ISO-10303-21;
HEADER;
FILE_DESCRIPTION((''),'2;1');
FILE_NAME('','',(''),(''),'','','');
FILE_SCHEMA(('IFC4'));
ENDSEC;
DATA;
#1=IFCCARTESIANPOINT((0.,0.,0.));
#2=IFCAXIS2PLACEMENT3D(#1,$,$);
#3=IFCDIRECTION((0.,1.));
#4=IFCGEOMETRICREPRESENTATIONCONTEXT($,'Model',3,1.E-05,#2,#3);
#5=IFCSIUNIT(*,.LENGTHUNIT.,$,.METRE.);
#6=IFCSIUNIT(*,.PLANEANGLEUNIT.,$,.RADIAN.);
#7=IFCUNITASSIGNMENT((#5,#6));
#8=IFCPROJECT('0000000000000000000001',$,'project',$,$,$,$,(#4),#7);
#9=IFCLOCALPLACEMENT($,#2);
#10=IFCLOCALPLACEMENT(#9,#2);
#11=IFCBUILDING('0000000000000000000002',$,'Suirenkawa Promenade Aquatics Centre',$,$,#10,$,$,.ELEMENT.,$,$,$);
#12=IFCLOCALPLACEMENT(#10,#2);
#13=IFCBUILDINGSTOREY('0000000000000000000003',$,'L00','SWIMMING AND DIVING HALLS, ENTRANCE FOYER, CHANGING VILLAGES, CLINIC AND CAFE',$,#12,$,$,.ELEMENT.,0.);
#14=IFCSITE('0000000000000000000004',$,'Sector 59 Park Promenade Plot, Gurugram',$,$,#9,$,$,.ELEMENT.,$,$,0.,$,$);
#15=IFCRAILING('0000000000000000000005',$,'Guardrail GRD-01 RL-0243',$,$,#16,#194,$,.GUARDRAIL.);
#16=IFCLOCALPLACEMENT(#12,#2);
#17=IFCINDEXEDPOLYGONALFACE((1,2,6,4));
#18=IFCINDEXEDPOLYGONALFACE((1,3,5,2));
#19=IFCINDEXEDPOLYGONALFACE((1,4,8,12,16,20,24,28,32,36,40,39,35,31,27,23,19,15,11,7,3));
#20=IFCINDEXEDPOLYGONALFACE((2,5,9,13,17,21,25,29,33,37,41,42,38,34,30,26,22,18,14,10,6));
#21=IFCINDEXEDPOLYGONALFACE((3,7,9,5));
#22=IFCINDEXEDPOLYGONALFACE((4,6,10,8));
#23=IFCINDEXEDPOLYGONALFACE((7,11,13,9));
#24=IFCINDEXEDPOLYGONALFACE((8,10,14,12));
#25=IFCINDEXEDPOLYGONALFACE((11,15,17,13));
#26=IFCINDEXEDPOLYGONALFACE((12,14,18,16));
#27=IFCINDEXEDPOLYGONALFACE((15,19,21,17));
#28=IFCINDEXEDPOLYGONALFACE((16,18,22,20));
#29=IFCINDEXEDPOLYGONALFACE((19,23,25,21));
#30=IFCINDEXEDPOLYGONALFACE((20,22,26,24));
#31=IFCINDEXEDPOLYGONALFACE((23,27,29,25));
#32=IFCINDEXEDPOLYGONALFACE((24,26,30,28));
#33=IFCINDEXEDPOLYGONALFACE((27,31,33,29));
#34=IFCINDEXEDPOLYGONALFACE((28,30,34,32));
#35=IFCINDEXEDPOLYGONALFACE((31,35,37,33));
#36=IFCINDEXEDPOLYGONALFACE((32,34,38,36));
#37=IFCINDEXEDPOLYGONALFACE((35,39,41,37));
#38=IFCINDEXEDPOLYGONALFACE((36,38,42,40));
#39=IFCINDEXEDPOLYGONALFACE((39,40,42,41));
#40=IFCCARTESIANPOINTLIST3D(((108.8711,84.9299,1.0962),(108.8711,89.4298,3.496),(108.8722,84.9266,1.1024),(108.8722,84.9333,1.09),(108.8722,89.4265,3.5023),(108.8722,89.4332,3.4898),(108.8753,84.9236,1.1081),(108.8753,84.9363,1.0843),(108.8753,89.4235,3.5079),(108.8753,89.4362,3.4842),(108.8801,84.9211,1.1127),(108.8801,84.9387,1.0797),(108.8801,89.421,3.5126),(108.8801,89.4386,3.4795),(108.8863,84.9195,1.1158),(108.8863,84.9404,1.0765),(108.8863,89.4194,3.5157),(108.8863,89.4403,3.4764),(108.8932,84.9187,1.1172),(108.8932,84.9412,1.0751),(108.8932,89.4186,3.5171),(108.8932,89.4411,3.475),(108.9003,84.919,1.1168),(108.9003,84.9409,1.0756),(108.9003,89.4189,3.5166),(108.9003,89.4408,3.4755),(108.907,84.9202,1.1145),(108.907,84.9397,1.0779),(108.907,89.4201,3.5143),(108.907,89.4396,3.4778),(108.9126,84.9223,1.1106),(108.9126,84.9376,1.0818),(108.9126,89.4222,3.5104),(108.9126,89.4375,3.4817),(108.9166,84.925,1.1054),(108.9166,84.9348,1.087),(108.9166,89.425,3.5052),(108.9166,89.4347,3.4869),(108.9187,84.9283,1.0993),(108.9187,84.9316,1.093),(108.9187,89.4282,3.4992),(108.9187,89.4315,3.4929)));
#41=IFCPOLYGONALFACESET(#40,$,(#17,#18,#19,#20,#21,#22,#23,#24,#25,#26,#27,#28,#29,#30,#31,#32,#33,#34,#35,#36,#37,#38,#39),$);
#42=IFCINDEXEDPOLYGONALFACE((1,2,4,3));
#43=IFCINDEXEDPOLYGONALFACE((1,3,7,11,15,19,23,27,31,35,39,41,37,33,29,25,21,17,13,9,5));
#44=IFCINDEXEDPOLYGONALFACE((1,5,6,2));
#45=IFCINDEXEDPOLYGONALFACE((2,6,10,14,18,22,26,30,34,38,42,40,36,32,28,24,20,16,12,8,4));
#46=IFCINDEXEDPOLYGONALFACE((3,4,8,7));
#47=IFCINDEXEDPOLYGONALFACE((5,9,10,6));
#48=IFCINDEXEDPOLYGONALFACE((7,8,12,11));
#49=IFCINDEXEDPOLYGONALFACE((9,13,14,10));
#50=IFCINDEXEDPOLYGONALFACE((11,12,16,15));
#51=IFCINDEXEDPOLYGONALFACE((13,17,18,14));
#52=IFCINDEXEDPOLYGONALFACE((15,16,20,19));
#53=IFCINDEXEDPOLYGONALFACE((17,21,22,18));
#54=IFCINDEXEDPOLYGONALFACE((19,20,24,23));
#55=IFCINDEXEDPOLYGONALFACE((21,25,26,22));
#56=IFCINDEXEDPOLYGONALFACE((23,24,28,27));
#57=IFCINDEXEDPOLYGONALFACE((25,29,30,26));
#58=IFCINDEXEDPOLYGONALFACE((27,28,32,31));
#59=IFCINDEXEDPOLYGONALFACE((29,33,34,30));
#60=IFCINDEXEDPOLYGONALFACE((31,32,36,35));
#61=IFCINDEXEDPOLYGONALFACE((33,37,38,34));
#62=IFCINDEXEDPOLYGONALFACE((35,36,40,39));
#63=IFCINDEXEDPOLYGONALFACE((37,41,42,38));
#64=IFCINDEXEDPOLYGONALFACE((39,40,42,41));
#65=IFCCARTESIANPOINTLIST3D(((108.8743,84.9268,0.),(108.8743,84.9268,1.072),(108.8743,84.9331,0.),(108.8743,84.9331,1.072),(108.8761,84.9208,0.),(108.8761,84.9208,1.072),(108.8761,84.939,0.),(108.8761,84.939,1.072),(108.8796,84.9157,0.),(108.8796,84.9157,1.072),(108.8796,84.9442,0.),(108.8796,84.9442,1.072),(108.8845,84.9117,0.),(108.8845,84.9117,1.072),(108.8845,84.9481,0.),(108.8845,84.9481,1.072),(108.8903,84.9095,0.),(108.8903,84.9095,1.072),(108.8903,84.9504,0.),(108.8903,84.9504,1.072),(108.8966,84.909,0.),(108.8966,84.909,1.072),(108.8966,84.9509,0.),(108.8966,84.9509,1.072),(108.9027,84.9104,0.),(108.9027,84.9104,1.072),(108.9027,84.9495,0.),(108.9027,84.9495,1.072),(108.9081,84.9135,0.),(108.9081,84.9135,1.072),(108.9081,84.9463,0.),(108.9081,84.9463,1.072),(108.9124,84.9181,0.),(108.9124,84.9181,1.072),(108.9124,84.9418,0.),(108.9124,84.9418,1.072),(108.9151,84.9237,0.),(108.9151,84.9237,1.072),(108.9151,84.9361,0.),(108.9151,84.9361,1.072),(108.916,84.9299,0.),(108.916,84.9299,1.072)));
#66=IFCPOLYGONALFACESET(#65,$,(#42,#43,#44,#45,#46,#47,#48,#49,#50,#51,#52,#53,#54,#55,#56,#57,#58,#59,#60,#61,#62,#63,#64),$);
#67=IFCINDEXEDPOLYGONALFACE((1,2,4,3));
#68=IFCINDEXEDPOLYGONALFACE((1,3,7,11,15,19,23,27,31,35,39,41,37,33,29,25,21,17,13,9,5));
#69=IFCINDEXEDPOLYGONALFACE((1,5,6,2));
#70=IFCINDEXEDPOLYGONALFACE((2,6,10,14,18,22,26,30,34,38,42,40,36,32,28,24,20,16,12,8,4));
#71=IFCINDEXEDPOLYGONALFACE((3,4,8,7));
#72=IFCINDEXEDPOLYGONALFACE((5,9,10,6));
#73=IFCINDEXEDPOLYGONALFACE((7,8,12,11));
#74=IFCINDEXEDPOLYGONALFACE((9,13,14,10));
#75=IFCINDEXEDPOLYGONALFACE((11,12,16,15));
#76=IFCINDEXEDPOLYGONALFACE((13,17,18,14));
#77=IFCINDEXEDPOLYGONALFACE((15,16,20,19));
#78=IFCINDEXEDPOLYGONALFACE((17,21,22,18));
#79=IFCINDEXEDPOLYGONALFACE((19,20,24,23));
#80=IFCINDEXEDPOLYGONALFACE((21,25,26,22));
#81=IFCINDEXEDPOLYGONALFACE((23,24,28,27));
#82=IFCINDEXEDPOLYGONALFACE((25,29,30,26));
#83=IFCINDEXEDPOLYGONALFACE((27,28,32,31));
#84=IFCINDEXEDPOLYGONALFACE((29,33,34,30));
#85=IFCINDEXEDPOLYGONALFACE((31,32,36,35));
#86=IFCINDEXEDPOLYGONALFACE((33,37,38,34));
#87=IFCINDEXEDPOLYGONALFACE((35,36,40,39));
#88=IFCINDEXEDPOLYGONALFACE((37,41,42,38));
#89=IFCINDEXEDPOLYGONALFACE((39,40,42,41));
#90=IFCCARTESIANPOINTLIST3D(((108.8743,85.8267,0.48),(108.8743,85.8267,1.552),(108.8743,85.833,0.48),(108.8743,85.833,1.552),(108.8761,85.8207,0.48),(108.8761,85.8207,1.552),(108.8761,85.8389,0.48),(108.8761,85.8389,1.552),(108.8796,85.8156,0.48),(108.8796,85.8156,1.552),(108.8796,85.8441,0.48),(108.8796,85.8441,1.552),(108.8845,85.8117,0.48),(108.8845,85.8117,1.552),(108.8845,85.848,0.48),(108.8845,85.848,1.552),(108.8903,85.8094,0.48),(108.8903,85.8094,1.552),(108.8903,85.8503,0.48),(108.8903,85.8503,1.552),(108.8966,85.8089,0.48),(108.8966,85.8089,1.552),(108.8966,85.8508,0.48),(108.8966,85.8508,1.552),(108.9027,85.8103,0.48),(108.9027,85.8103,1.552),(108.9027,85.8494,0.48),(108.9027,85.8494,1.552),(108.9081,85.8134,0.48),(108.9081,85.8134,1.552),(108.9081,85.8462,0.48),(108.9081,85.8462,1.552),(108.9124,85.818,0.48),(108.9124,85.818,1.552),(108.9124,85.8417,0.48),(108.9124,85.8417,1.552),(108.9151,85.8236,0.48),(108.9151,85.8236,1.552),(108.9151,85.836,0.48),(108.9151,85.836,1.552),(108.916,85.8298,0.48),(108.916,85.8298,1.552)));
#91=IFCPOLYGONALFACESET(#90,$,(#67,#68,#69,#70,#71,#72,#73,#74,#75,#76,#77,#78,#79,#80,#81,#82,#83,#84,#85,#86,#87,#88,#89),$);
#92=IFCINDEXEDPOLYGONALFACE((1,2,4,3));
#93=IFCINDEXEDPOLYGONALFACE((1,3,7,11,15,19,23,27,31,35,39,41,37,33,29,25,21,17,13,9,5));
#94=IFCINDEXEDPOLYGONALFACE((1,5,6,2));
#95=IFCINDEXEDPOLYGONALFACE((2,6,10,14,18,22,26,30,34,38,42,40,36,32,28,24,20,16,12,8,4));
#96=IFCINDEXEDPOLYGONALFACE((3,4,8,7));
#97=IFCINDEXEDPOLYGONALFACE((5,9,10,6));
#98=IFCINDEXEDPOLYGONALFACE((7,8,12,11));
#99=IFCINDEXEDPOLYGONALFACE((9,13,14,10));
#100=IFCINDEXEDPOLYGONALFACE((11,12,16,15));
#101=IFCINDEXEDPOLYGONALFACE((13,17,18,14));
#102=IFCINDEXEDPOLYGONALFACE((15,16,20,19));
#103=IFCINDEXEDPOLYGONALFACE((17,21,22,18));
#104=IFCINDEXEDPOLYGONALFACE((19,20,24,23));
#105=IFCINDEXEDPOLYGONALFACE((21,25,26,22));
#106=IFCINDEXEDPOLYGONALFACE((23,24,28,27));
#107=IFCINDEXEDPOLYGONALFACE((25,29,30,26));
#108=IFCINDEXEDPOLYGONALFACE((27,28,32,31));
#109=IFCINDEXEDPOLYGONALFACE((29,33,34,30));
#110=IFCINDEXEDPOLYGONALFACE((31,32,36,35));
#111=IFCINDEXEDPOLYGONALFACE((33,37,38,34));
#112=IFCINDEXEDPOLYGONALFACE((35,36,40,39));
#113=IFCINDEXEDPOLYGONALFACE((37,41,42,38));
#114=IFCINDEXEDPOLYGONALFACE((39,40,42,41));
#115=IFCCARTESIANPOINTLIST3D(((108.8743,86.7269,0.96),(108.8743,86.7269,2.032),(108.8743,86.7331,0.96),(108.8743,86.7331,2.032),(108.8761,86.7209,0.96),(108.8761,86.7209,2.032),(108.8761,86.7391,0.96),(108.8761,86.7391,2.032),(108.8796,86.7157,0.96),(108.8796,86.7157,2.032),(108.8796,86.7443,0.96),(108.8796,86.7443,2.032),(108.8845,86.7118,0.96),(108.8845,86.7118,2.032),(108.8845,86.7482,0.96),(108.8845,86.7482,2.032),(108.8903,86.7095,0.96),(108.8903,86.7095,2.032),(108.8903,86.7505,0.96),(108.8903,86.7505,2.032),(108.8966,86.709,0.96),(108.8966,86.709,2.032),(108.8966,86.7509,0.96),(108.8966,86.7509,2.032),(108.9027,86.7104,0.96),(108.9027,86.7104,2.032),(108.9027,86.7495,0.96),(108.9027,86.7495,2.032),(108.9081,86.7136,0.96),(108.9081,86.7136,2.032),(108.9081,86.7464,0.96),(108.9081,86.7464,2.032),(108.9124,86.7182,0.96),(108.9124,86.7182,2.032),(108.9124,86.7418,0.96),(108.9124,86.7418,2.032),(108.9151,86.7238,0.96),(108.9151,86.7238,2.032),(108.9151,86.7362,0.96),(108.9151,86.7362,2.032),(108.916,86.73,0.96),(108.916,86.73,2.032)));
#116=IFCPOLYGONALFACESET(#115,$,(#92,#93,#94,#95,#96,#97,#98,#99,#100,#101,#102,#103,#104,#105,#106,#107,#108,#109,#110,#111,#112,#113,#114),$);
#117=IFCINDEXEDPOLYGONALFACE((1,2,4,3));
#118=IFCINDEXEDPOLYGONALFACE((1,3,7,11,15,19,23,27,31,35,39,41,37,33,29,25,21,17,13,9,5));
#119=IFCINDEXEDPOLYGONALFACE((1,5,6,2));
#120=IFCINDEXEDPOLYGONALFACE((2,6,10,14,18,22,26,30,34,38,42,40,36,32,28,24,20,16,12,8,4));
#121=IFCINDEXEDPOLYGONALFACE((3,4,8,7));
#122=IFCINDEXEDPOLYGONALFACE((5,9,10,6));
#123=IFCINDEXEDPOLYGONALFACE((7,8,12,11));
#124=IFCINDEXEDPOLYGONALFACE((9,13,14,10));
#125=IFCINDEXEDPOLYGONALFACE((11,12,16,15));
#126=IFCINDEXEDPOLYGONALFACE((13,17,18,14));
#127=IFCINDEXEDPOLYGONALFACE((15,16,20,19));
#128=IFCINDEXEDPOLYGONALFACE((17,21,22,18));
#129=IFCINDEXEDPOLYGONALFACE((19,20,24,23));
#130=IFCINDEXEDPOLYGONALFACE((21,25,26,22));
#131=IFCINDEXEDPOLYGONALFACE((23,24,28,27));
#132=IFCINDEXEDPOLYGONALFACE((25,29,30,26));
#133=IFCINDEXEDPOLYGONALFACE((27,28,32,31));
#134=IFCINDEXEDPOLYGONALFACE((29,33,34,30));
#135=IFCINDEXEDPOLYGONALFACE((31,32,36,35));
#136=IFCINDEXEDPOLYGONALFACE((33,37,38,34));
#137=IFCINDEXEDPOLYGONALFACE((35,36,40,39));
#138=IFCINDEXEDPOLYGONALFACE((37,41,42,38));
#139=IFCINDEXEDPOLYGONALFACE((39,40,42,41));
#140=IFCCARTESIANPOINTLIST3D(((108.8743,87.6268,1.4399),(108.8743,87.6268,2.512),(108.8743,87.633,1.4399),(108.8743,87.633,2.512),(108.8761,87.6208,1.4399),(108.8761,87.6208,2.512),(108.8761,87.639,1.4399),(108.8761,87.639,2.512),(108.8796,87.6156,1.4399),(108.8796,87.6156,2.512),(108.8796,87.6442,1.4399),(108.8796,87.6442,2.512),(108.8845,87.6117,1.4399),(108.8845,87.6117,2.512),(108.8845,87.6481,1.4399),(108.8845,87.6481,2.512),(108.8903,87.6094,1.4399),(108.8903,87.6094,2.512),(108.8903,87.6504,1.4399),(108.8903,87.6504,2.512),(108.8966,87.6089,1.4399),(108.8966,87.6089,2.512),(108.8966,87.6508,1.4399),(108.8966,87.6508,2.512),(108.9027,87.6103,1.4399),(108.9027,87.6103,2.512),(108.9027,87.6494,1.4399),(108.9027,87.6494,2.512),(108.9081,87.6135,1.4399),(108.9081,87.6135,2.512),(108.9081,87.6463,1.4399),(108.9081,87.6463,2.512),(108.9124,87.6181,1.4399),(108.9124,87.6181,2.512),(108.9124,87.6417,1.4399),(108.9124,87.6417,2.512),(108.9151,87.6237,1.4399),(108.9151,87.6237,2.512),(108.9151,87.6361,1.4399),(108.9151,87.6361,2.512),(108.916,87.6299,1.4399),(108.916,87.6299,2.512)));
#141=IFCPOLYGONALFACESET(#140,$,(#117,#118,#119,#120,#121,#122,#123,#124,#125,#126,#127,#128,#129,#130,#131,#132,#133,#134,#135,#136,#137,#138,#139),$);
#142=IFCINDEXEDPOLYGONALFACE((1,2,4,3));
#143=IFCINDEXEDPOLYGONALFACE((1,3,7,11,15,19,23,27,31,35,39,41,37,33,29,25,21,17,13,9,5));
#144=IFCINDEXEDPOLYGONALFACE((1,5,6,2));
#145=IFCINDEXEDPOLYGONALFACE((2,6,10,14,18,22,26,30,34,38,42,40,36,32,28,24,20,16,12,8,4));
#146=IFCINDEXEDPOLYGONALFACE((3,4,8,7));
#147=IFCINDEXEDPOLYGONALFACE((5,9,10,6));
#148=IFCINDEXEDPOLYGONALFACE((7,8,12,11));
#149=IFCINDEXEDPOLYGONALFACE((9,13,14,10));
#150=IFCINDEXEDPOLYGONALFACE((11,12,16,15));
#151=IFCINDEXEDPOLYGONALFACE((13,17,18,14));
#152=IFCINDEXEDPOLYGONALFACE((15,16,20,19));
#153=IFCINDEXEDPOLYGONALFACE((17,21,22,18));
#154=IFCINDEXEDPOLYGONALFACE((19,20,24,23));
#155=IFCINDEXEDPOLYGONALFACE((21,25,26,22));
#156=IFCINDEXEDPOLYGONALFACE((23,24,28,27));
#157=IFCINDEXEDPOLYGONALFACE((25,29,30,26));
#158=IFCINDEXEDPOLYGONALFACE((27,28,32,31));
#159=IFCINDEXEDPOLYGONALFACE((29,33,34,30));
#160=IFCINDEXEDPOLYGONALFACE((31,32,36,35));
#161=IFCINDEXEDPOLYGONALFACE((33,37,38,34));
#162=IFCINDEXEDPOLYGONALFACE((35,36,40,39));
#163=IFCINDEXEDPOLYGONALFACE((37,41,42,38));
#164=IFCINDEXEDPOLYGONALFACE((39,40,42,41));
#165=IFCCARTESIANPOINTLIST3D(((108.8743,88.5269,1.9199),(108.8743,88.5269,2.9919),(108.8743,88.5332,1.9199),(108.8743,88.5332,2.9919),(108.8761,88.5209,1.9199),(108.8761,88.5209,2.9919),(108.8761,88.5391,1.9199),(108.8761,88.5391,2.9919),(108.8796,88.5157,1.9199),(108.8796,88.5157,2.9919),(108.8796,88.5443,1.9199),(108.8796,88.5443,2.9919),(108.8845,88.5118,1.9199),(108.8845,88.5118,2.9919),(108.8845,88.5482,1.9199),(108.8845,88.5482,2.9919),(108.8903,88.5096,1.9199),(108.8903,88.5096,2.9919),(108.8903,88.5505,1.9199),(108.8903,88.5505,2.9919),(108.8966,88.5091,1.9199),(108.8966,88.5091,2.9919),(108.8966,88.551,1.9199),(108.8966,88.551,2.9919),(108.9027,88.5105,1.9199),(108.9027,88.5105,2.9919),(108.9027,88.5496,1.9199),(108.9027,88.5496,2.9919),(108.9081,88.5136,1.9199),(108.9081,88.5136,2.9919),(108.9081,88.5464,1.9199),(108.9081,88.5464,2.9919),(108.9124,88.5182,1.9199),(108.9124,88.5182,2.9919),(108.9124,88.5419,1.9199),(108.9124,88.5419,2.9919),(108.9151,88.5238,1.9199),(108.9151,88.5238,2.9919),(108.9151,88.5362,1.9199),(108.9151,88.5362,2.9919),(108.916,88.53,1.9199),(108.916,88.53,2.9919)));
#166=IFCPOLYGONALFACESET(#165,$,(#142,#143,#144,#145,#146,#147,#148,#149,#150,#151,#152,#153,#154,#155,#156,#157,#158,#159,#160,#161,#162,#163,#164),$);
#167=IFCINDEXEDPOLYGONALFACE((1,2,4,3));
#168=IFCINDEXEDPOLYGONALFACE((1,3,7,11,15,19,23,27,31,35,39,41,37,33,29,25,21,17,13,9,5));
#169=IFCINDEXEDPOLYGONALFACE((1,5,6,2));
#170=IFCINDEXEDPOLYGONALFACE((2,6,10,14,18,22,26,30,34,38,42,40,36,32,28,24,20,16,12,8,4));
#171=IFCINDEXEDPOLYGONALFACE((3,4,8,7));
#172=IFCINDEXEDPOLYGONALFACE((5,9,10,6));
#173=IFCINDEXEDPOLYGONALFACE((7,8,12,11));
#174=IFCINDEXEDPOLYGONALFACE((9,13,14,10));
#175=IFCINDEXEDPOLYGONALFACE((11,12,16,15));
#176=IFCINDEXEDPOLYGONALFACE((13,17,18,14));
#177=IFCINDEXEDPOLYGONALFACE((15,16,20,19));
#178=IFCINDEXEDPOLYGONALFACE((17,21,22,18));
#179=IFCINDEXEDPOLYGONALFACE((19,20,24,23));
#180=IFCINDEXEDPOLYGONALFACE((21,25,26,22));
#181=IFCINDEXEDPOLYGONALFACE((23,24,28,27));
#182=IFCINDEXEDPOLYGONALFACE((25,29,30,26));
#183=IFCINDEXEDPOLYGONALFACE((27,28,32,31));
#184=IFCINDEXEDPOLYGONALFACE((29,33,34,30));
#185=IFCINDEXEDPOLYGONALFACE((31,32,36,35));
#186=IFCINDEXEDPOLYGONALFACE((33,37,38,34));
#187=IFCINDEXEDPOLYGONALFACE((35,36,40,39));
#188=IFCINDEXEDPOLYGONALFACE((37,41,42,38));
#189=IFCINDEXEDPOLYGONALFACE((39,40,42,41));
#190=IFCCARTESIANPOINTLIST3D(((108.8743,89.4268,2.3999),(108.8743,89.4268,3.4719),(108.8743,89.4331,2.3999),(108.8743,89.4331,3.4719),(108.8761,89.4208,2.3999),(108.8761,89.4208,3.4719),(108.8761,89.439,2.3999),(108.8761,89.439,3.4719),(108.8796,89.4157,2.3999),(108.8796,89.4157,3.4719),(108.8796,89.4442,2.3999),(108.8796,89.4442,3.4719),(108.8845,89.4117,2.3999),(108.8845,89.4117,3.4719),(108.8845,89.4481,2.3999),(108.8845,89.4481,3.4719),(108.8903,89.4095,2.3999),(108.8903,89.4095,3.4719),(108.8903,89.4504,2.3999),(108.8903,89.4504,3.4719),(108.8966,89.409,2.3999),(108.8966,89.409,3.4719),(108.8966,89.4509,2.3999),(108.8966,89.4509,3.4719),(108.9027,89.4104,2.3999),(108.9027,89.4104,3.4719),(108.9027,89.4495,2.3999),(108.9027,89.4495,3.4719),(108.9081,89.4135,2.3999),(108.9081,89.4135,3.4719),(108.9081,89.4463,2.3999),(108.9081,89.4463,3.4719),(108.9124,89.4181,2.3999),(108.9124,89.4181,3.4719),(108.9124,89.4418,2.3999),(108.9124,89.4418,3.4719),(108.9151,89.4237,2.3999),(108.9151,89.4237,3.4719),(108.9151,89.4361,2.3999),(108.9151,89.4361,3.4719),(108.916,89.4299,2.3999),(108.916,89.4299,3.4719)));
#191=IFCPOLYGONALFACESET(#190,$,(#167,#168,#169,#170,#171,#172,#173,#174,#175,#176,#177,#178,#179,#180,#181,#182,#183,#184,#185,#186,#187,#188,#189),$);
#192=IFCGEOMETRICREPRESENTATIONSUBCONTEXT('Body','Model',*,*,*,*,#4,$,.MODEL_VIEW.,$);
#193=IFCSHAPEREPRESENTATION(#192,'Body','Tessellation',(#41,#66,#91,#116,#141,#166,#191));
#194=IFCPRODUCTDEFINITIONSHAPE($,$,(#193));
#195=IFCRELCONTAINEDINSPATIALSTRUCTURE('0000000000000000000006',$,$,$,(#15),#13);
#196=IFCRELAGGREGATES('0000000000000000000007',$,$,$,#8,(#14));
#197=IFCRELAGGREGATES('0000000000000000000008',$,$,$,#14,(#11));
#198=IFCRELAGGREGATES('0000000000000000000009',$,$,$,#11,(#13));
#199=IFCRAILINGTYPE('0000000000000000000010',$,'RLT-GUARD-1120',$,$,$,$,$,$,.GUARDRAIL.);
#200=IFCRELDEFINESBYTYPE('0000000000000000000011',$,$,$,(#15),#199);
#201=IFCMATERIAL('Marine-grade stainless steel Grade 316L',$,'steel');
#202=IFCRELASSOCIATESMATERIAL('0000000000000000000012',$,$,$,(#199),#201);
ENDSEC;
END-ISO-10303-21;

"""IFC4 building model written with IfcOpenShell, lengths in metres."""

from ifc_helpers import new_model, si_unit, direction, frame, origin, origin_2d, place, context, subcontext, project, spatial, circle, extrude, material, type_object, element, save


model = new_model("IFC4")

# Units and contexts
model_context = context("Model", 3, precision=1e-05, world=origin(), true_north=direction((0.0, 1.0)))
body_context = subcontext(model_context, "Body", "Model", "MODEL_VIEW")
ifc_project = project(units=[si_unit("LENGTHUNIT", "METRE"), si_unit("PLANEANGLEUNIT", "RADIAN")], contexts=[model_context])

# Site, building, storey
site_placement = place(None, origin())
site = spatial("IfcSite", under=ifc_project, at=site_placement, Name="Sector 59 Park Promenade Plot, Gurugram", CompositionType="ELEMENT", RefElevation=0.0)
building_placement = place(site_placement, origin())
building = spatial("IfcBuilding", under=site, at=building_placement, Name="Suirenkawa Promenade Aquatics Centre", CompositionType="ELEMENT")
storey_placement = place(building_placement, origin())
storey = spatial("IfcBuildingStorey", under=building, at=storey_placement, Name="L00", Description="SWIMMING AND DIVING HALLS, ENTRANCE FOYER, CHANGING VILLAGES, CLINIC AND CAFE", CompositionType="ELEMENT", Elevation=0.0)

# Railing
ifc_material_1 = material(Name="Marine-grade stainless steel Grade 316L", Category="steel")
railing_type_1 = type_object("IfcRailingType", Name="RLT-GUARD-1120", PredefinedType="GUARDRAIL", material=ifc_material_1)
for number, where, name in (
    (1, (108.895, 84.9299, 0.0), "Guardrail GRD-01 RL-0243"),
):
    element("IfcRailing", number, at=place(storey_placement, frame(where)), inside=storey, type_object=railing_type_1, Name=name, PredefinedType="GUARDRAIL", context=body_context, shape_type="SweptSolid", body=[
        extrude(circle(Radius=0.0239, at=origin_2d()), frame((0.0, 0.0, 1.0962), z_axis=(0.0, 0.882361, 0.470573), x_axis=(-1.0, 0.0, 0.0)), (0.0, 0.0, 1.0), 5.0999),
        extrude(circle(Radius=0.021, at=origin_2d()), origin(), (0.0, 0.0, 1.0), 1.072),
        extrude(circle(Radius=0.021, at=origin_2d()), frame((0.0, 0.8999, 0.48)), (0.0, 0.0, 1.0), 1.072),
        extrude(circle(Radius=0.021, at=origin_2d()), frame((0.0, 1.8, 0.96)), (0.0, 0.0, 1.0), 1.072),
        extrude(circle(Radius=0.021, at=origin_2d()), frame((0.0, 2.7, 1.4399)), (0.0, 0.0, 1.0), 1.072),
        extrude(circle(Radius=0.021, at=origin_2d()), frame((0.0, 3.6001, 1.9199)), (0.0, 0.0, 1.0), 1.072),
        extrude(circle(Radius=0.021, at=origin_2d()), frame((0.0, 4.5, 2.3999)), (0.0, 0.0, 1.0), 1.072),
    ])

save(model, "model.ifc")
